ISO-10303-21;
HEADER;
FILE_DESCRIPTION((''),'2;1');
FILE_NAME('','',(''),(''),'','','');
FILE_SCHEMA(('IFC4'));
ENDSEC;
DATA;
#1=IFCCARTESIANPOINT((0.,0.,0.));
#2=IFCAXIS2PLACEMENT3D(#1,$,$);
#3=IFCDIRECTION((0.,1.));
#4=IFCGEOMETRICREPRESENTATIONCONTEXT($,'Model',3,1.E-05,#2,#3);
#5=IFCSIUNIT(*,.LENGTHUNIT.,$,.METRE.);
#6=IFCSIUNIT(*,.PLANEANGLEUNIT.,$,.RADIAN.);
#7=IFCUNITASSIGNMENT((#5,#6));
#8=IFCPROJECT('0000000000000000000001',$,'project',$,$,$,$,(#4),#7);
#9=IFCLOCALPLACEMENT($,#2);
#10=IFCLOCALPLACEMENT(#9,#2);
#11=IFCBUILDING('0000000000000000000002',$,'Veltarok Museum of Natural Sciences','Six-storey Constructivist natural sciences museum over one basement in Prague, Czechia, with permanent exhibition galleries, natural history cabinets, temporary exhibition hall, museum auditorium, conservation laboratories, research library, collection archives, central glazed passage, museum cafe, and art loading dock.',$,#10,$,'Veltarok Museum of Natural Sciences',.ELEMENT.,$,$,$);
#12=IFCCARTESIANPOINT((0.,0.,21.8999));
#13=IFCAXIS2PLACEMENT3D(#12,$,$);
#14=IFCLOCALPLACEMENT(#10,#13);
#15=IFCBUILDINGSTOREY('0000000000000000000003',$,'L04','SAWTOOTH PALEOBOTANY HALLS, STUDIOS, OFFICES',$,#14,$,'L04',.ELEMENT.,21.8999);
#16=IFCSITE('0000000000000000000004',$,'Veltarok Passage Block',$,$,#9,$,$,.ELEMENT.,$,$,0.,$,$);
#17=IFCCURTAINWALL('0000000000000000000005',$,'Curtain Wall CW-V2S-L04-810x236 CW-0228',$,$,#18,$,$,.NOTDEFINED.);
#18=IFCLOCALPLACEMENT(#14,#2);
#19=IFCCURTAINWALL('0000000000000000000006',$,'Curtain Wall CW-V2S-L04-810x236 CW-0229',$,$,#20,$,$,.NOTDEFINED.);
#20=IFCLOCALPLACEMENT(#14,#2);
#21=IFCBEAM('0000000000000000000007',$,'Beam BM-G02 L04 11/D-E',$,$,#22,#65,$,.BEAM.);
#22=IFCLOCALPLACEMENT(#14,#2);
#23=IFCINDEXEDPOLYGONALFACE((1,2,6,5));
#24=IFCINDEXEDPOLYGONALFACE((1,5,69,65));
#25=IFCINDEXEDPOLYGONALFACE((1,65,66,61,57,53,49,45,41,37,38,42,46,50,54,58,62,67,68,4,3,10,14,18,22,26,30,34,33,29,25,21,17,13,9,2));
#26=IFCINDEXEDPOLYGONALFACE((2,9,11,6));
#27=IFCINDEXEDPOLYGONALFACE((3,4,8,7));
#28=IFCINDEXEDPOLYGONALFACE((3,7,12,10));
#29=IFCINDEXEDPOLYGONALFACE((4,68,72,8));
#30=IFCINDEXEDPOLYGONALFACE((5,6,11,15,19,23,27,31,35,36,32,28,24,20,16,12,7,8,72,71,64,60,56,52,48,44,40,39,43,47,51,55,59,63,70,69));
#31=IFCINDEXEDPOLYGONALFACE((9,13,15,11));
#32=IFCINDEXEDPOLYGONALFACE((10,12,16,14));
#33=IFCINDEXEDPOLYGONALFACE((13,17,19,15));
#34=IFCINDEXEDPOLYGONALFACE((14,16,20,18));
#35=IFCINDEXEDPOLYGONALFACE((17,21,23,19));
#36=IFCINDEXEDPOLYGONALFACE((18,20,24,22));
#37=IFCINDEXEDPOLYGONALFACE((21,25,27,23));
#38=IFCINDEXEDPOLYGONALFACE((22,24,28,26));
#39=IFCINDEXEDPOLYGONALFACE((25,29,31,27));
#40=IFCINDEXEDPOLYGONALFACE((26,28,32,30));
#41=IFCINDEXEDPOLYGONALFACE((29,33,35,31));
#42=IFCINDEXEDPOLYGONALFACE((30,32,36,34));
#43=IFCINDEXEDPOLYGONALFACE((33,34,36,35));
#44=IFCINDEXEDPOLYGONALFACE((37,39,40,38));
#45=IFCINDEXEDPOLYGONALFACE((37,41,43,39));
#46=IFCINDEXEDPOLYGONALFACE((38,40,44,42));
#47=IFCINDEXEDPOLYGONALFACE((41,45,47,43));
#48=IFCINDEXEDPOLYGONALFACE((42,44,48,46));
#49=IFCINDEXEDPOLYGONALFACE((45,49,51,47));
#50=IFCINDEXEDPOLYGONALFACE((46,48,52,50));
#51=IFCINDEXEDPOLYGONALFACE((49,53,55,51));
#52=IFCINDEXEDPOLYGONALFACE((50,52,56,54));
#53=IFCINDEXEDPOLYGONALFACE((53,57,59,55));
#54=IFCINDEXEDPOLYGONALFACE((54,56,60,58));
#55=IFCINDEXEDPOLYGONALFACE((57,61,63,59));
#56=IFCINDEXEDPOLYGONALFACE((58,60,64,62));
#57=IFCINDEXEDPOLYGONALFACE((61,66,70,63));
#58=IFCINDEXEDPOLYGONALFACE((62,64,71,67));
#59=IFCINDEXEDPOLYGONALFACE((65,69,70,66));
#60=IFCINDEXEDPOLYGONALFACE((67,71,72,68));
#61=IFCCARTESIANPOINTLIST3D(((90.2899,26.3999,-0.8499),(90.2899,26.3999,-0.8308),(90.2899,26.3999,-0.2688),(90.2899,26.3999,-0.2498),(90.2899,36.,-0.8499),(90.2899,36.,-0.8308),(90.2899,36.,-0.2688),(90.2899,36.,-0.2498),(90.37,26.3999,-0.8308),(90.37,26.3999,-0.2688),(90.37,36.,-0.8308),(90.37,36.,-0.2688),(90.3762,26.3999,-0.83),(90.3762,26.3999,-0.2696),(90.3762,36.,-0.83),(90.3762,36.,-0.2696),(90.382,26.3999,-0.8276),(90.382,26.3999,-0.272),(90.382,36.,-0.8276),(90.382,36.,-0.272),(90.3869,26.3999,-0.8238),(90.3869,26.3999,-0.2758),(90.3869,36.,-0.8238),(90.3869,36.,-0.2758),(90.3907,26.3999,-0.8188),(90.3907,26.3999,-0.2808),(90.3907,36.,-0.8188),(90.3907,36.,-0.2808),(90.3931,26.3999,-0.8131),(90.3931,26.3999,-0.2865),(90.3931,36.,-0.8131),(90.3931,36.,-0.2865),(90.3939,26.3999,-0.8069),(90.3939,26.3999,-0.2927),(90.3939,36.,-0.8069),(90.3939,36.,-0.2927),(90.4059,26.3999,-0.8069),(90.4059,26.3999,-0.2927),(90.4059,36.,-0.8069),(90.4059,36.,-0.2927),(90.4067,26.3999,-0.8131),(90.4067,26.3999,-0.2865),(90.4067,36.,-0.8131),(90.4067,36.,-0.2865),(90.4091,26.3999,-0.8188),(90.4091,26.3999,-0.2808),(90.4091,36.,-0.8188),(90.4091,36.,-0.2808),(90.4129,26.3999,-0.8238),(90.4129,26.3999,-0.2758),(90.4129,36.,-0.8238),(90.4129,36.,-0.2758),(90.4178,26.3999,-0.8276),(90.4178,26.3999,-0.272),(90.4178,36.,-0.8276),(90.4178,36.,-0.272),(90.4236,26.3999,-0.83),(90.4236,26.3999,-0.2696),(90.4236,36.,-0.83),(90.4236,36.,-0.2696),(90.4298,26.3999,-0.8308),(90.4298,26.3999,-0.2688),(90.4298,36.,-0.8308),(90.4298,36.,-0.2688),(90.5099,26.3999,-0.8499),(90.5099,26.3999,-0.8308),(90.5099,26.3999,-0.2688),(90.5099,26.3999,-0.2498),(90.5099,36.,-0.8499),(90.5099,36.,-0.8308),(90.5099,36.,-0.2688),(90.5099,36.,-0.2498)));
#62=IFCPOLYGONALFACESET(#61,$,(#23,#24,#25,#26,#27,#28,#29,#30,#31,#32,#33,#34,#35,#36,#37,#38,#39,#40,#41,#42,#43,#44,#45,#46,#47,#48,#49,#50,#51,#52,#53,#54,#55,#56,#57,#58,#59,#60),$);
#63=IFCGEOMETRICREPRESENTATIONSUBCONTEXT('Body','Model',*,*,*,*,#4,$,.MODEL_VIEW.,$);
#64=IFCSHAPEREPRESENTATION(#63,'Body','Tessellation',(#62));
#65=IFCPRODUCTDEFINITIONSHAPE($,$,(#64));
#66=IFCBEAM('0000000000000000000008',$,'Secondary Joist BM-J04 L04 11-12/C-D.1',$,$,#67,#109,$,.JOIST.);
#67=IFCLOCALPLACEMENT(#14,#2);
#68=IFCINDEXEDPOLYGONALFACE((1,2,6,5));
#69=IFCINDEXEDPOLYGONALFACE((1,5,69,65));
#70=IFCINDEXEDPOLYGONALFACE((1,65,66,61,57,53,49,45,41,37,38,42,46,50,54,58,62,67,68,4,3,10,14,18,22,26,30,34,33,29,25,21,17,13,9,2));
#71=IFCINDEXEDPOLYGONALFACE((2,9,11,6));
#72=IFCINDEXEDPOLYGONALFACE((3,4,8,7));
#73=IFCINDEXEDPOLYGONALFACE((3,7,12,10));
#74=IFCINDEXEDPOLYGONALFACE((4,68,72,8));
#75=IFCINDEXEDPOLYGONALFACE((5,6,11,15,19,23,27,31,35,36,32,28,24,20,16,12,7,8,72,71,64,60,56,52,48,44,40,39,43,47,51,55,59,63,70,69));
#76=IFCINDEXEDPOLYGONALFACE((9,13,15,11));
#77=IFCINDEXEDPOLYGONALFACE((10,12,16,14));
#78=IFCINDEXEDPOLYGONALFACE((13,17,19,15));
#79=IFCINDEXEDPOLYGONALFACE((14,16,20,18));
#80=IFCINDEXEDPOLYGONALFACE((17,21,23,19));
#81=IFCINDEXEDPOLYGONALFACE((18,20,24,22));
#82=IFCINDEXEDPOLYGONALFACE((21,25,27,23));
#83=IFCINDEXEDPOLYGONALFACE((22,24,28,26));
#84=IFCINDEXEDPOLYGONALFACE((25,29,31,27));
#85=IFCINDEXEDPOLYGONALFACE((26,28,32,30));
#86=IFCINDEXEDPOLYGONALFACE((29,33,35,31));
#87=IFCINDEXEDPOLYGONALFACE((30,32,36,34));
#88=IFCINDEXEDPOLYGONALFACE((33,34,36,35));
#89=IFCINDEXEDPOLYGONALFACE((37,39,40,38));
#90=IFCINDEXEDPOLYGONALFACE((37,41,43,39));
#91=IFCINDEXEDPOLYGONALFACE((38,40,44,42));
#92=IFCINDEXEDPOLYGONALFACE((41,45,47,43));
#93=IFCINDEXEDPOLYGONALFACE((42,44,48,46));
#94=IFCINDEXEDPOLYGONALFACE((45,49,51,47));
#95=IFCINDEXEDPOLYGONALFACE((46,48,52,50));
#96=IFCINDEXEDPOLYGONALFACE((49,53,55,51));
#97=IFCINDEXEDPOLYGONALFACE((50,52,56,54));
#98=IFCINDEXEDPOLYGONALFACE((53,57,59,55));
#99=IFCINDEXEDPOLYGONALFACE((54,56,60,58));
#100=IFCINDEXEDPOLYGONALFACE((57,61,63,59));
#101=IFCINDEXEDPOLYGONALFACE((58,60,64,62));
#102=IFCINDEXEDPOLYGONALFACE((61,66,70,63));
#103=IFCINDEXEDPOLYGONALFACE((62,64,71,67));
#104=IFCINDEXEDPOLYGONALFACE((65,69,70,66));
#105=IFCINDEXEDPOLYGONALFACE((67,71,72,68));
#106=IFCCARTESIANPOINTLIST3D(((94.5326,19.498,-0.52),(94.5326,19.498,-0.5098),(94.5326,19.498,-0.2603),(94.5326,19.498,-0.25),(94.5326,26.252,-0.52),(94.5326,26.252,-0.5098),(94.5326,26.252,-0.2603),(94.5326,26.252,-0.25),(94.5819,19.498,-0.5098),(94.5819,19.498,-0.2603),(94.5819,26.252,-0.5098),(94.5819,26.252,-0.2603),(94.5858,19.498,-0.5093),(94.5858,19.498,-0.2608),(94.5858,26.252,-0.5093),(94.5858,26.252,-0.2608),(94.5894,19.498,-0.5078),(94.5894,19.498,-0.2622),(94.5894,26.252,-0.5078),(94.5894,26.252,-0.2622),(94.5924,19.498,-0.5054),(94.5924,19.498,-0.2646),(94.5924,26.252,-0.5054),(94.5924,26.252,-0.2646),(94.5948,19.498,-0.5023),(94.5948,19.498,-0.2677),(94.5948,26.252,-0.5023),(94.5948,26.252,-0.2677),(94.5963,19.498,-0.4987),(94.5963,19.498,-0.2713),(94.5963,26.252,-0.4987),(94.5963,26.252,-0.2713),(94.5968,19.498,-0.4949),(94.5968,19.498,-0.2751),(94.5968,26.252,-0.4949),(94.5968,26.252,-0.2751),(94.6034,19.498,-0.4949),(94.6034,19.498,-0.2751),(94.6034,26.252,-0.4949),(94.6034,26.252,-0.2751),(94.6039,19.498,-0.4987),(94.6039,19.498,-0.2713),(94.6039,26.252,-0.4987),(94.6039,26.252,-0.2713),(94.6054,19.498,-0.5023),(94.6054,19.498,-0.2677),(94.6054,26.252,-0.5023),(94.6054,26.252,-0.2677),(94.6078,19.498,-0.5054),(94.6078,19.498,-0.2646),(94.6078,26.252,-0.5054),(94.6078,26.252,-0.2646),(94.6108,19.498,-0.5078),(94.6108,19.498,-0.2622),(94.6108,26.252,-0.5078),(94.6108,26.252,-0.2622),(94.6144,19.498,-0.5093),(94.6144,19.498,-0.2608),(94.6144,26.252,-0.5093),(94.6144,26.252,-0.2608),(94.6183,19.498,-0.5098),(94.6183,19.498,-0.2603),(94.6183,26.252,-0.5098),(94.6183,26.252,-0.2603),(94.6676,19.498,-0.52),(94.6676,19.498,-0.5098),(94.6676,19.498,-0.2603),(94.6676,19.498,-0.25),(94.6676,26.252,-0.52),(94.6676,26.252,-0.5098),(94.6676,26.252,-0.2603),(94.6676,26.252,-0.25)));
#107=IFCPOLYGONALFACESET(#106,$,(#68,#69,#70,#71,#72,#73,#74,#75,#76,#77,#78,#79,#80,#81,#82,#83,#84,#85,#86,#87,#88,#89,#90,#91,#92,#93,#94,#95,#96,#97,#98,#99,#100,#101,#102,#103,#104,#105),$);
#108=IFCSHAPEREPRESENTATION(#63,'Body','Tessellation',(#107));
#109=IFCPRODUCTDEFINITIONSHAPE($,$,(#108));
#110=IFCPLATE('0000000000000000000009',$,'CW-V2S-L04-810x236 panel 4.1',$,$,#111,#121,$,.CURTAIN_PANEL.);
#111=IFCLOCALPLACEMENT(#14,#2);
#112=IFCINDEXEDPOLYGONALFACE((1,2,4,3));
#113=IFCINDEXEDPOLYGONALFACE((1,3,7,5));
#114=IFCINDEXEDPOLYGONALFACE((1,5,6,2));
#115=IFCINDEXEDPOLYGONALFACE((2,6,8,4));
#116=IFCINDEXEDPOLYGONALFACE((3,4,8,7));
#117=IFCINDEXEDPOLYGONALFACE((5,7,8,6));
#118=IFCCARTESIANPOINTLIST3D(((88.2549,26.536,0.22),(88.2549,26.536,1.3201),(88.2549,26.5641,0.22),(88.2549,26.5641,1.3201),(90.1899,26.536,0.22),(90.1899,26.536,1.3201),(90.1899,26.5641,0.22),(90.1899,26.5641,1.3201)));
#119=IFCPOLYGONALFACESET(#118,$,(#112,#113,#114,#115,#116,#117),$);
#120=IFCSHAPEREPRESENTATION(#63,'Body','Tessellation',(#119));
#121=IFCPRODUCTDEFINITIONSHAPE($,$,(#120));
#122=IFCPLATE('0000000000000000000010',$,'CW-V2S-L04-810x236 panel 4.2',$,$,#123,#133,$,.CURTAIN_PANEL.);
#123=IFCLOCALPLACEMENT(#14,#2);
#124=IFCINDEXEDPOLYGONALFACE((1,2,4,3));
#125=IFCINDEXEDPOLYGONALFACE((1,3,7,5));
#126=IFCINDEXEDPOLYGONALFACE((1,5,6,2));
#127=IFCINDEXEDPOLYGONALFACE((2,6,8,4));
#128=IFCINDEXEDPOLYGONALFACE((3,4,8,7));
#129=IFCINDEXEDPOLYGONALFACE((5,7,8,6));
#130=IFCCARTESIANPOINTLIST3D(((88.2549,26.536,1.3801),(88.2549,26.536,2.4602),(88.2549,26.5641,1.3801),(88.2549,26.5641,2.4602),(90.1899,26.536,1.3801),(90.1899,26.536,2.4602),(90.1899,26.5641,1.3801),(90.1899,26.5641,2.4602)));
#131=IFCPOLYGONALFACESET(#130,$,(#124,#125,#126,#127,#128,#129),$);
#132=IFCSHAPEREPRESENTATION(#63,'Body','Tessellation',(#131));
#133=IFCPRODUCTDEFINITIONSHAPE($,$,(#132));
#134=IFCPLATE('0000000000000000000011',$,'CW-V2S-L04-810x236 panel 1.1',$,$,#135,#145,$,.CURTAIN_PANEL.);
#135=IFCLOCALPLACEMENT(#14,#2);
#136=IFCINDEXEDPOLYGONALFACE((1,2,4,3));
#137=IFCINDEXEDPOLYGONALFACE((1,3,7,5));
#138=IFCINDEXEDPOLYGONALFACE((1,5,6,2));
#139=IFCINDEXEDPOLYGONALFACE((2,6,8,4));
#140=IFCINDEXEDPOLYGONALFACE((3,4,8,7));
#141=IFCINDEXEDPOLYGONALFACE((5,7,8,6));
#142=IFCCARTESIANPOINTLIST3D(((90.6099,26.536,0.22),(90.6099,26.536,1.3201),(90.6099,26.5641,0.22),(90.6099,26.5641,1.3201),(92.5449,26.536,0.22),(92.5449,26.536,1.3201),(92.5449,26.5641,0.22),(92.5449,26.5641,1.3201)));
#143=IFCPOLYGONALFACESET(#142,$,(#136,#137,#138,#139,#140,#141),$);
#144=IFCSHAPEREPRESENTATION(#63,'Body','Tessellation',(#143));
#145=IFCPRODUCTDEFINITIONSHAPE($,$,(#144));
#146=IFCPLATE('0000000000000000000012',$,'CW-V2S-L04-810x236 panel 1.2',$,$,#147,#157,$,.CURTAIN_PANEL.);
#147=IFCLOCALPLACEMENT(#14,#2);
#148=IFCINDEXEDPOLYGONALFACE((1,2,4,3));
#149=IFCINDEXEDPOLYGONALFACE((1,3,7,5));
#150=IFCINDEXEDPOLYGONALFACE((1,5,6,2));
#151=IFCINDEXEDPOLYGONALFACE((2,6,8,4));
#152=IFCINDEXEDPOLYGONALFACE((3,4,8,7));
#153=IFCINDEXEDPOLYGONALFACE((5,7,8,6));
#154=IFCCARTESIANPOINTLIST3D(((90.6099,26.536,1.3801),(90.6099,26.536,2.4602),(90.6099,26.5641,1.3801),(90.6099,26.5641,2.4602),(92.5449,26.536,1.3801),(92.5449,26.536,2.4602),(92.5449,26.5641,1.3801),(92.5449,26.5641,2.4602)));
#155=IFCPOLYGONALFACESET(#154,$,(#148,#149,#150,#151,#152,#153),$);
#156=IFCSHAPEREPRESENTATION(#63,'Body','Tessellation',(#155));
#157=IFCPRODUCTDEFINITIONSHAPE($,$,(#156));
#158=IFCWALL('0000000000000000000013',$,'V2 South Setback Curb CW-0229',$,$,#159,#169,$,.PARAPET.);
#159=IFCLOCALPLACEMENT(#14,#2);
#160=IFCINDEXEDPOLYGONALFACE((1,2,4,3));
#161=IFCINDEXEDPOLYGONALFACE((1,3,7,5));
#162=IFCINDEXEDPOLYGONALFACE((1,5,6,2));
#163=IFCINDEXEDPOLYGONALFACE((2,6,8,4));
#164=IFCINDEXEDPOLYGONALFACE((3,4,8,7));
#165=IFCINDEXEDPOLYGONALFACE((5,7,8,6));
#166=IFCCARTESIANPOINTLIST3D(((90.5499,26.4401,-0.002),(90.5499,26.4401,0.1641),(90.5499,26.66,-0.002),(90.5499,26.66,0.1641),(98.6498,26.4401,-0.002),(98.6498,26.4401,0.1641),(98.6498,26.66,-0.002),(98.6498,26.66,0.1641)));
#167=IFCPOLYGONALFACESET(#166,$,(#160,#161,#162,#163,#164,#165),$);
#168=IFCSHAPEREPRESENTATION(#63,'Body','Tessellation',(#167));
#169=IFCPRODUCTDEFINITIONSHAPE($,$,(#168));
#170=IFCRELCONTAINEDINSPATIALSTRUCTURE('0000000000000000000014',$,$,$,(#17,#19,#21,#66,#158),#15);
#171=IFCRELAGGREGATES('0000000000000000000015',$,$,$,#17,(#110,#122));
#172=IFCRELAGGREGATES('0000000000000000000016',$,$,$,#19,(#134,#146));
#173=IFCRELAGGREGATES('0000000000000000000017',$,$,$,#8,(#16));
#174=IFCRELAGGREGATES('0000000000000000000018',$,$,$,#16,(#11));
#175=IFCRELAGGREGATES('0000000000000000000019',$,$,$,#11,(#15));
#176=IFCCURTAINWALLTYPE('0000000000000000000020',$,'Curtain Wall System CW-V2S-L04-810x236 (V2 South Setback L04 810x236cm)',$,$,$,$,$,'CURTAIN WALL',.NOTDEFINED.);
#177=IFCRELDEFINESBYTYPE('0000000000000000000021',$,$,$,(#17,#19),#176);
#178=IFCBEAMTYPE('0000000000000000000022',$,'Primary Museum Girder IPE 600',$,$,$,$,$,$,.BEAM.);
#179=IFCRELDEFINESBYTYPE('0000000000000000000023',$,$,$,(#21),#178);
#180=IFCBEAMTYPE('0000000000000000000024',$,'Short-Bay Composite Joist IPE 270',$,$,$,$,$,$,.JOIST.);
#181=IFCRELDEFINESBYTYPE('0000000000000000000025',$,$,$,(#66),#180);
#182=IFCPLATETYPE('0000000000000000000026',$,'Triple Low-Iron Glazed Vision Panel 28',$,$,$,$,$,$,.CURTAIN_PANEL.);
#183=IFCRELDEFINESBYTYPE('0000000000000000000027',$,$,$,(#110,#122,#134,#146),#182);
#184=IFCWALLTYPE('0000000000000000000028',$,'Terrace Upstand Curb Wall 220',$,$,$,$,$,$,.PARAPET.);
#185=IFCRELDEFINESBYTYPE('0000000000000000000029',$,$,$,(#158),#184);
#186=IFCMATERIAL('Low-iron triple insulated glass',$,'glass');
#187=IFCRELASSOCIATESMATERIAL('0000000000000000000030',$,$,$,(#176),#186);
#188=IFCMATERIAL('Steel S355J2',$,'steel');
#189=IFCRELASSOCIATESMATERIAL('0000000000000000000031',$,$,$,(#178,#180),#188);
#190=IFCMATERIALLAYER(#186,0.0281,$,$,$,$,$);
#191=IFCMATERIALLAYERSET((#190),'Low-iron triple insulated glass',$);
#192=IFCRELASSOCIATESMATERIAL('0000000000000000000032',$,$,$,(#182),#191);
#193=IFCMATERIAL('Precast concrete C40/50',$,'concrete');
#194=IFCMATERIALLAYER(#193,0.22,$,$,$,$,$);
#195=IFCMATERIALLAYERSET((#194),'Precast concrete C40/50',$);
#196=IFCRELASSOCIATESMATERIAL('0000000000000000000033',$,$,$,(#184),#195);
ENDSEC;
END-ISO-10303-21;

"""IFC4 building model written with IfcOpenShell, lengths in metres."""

from ifc_helpers import new_model, si_unit, direction, frame, frame_2d, origin, origin_2d, place, context, subcontext, project, spatial, rectangle, i_section, extrude, material, layer, layer_set, material_profile, profile_set, type_object, element, aggregate, save


model = new_model("IFC4")

# Units and contexts
model_context = context("Model", 3, precision=1e-05, world=origin(), true_north=direction((0.0, 1.0)))
body_context = subcontext(model_context, "Body", "Model", "MODEL_VIEW")
ifc_project = project(units=[si_unit("LENGTHUNIT", "METRE"), si_unit("PLANEANGLEUNIT", "RADIAN")], contexts=[model_context])

# Site, building, storey
site_placement = place(None, origin())
site = spatial("IfcSite", under=ifc_project, at=site_placement, Name="Veltarok Passage Block", CompositionType="ELEMENT", RefElevation=0.0)
building_placement = place(site_placement, origin())
building = spatial("IfcBuilding", under=site, at=building_placement, Name="Veltarok Museum of Natural Sciences", Description="Six-storey Constructivist natural sciences museum over one basement in Prague, Czechia, with permanent exhibition galleries, natural history cabinets, temporary exhibition hall, museum auditorium, conservation laboratories, research library, collection archives, central glazed passage, museum cafe, and art loading dock.", LongName="Veltarok Museum of Natural Sciences", CompositionType="ELEMENT")
storey_placement = place(building_placement, frame((0.0, 0.0, 21.8999)))
storey = spatial("IfcBuildingStorey", under=building, at=storey_placement, Name="L04", Description="SAWTOOTH PALEOBOTANY HALLS, STUDIOS, OFFICES", LongName="L04", CompositionType="ELEMENT", Elevation=21.8999)

# Shared definitions
ifc_material_1 = material(Name="Steel S355J2", Category="steel")

# Curtain walls
ifc_material_2 = material(Name="Low-iron triple insulated glass", Category="glass")
curtain_wall_type = type_object("IfcCurtainWallType", Name="Curtain Wall System CW-V2S-L04-810x236 (V2 South Setback L04 810x236cm)", ElementType="CURTAIN WALL", PredefinedType="NOTDEFINED", material=ifc_material_2)
curtain_wall_1_placement = place(storey_placement, origin())
curtain_wall_1 = element("IfcCurtainWall", 1, at=curtain_wall_1_placement, inside=storey, type_object=curtain_wall_type, Name="Curtain Wall CW-V2S-L04-810x236 CW-0228", PredefinedType="NOTDEFINED")
curtain_wall_2_placement = place(storey_placement, origin())
curtain_wall_2 = element("IfcCurtainWall", 2, at=curtain_wall_2_placement, inside=storey, type_object=curtain_wall_type, Name="Curtain Wall CW-V2S-L04-810x236 CW-0229", PredefinedType="NOTDEFINED")

# Beams
ifc_material_profile_1 = material_profile(ifc_material_1, i_section(OverallWidth=0.22, OverallDepth=0.6001, WebThickness=0.012, FlangeThickness=0.019, FilletRadius=0.0239, at=origin_2d()), Name="IPE 600")
ifc_profile_set_1 = profile_set([ifc_material_profile_1], Name="Steel S355J2")
beam_type_1 = type_object("IfcBeamType", Name="Primary Museum Girder IPE 600", PredefinedType="BEAM", material=ifc_profile_set_1)
beam_1_placement = place(storey_placement, frame((90.3999, 26.3999, -0.5498), z_axis=(0.0, 1.0, 0.0), x_axis=(-1.0, 0.0, 0.0)))
element("IfcBeam", 3, at=beam_1_placement, inside=storey, type_object=beam_type_1, Name="Beam BM-G02 L04 11/D-E", PredefinedType="BEAM", context=body_context, shape_type="SweptSolid", body=[
    extrude(i_section(OverallWidth=0.22, OverallDepth=0.6001, WebThickness=0.012, FlangeThickness=0.019, FilletRadius=0.0239, at=origin_2d()), origin(), (0.0, 0.0, 1.0), 9.6001),
])
ifc_material_profile_2 = material_profile(ifc_material_1, i_section(OverallWidth=0.135, OverallDepth=0.27, WebThickness=0.0066, FlangeThickness=0.0103, FilletRadius=0.0149, at=origin_2d()), Name="IPE 270")
ifc_profile_set_2 = profile_set([ifc_material_profile_2], Name="Steel S355J2")
beam_type_2 = type_object("IfcBeamType", Name="Short-Bay Composite Joist IPE 270", PredefinedType="JOIST", material=ifc_profile_set_2)
beam_2_placement = place(storey_placement, frame((94.6001, 19.498, -0.385), z_axis=(0.0, 1.0, 0.0), x_axis=(-1.0, 0.0, 0.0)))
element("IfcBeam", 4, at=beam_2_placement, inside=storey, type_object=beam_type_2, Name="Secondary Joist BM-J04 L04 11-12/C-D.1", PredefinedType="JOIST", context=body_context, shape_type="SweptSolid", body=[
    extrude(i_section(OverallWidth=0.135, OverallDepth=0.27, WebThickness=0.0066, FlangeThickness=0.0103, FilletRadius=0.0149, at=origin_2d()), origin(), (0.0, 0.0, 1.0), 6.7539),
])

# Plates
ifc_layer_1 = layer(ifc_material_2, 0.0281)
ifc_layer_set_1 = layer_set([ifc_layer_1], Name="Low-iron triple insulated glass")
plate_type = type_object("IfcPlateType", Name="Triple Low-Iron Glazed Vision Panel 28", PredefinedType="CURTAIN_PANEL", material=ifc_layer_set_1)
plate_1_placement = place(storey_placement, frame((89.2224, 26.55, 0.22), z_axis=(0.0, 0.0, 1.0), x_axis=(1.0, 0.0, 0.0)))
plate_1 = element("IfcPlate", 5, at=plate_1_placement, type_object=plate_type, Name="CW-V2S-L04-810x236 panel 4.1", PredefinedType="CURTAIN_PANEL", context=body_context, shape_type="SweptSolid", body=[
    extrude(rectangle(XDim=1.9351, YDim=0.0281, at=origin_2d()), origin(), (0.0, 0.0, 1.0), 1.1001),
])
plate_2_placement = place(storey_placement, frame((89.2224, 26.55, 1.3801), z_axis=(0.0, 0.0, 1.0), x_axis=(1.0, 0.0, 0.0)))
plate_2 = element("IfcPlate", 6, at=plate_2_placement, type_object=plate_type, Name="CW-V2S-L04-810x236 panel 4.2", PredefinedType="CURTAIN_PANEL", context=body_context, shape_type="SweptSolid", body=[
    extrude(rectangle(XDim=1.9351, YDim=0.0281, at=origin_2d()), origin(), (0.0, 0.0, 1.0), 1.0801),
])
aggregate(curtain_wall_1, [plate_1, plate_2])
plate_3_placement = place(storey_placement, frame((91.5774, 26.55, 0.22), z_axis=(0.0, 0.0, 1.0), x_axis=(1.0, 0.0, 0.0)))
plate_3 = element("IfcPlate", 7, at=plate_3_placement, type_object=plate_type, Name="CW-V2S-L04-810x236 panel 1.1", PredefinedType="CURTAIN_PANEL", context=body_context, shape_type="SweptSolid", body=[
    extrude(rectangle(XDim=1.9351, YDim=0.0281, at=origin_2d()), origin(), (0.0, 0.0, 1.0), 1.1001),
])
plate_4_placement = place(storey_placement, frame((91.5774, 26.55, 1.3801), z_axis=(0.0, 0.0, 1.0), x_axis=(1.0, 0.0, 0.0)))
plate_4 = element("IfcPlate", 8, at=plate_4_placement, type_object=plate_type, Name="CW-V2S-L04-810x236 panel 1.2", PredefinedType="CURTAIN_PANEL", context=body_context, shape_type="SweptSolid", body=[
    extrude(rectangle(XDim=1.9351, YDim=0.0281, at=origin_2d()), origin(), (0.0, 0.0, 1.0), 1.0801),
])
aggregate(curtain_wall_2, [plate_3, plate_4])

# Wall
ifc_material_3 = material(Name="Precast concrete C40/50", Category="concrete")
ifc_layer_2 = layer(ifc_material_3, 0.22)
ifc_layer_set_2 = layer_set([ifc_layer_2], Name="Precast concrete C40/50")
wall_type = type_object("IfcWallType", Name="Terrace Upstand Curb Wall 220", PredefinedType="PARAPET", material=ifc_layer_set_2)
wall_placement = place(storey_placement, frame((90.55, 26.55, -0.002), z_axis=(0.0, 0.0, 1.0), x_axis=(1.0, 0.0, 0.0)))
element("IfcWall", 9, at=wall_placement, inside=storey, type_object=wall_type, Name="V2 South Setback Curb CW-0229", PredefinedType="PARAPET", context=body_context, shape_type="SweptSolid", body=[
    extrude(rectangle(XDim=8.0999, YDim=0.22, at=frame_2d((4.0498, 0.0))), origin(), (0.0, 0.0, 1.0), 0.166),
])

save(model, "model.ifc")
